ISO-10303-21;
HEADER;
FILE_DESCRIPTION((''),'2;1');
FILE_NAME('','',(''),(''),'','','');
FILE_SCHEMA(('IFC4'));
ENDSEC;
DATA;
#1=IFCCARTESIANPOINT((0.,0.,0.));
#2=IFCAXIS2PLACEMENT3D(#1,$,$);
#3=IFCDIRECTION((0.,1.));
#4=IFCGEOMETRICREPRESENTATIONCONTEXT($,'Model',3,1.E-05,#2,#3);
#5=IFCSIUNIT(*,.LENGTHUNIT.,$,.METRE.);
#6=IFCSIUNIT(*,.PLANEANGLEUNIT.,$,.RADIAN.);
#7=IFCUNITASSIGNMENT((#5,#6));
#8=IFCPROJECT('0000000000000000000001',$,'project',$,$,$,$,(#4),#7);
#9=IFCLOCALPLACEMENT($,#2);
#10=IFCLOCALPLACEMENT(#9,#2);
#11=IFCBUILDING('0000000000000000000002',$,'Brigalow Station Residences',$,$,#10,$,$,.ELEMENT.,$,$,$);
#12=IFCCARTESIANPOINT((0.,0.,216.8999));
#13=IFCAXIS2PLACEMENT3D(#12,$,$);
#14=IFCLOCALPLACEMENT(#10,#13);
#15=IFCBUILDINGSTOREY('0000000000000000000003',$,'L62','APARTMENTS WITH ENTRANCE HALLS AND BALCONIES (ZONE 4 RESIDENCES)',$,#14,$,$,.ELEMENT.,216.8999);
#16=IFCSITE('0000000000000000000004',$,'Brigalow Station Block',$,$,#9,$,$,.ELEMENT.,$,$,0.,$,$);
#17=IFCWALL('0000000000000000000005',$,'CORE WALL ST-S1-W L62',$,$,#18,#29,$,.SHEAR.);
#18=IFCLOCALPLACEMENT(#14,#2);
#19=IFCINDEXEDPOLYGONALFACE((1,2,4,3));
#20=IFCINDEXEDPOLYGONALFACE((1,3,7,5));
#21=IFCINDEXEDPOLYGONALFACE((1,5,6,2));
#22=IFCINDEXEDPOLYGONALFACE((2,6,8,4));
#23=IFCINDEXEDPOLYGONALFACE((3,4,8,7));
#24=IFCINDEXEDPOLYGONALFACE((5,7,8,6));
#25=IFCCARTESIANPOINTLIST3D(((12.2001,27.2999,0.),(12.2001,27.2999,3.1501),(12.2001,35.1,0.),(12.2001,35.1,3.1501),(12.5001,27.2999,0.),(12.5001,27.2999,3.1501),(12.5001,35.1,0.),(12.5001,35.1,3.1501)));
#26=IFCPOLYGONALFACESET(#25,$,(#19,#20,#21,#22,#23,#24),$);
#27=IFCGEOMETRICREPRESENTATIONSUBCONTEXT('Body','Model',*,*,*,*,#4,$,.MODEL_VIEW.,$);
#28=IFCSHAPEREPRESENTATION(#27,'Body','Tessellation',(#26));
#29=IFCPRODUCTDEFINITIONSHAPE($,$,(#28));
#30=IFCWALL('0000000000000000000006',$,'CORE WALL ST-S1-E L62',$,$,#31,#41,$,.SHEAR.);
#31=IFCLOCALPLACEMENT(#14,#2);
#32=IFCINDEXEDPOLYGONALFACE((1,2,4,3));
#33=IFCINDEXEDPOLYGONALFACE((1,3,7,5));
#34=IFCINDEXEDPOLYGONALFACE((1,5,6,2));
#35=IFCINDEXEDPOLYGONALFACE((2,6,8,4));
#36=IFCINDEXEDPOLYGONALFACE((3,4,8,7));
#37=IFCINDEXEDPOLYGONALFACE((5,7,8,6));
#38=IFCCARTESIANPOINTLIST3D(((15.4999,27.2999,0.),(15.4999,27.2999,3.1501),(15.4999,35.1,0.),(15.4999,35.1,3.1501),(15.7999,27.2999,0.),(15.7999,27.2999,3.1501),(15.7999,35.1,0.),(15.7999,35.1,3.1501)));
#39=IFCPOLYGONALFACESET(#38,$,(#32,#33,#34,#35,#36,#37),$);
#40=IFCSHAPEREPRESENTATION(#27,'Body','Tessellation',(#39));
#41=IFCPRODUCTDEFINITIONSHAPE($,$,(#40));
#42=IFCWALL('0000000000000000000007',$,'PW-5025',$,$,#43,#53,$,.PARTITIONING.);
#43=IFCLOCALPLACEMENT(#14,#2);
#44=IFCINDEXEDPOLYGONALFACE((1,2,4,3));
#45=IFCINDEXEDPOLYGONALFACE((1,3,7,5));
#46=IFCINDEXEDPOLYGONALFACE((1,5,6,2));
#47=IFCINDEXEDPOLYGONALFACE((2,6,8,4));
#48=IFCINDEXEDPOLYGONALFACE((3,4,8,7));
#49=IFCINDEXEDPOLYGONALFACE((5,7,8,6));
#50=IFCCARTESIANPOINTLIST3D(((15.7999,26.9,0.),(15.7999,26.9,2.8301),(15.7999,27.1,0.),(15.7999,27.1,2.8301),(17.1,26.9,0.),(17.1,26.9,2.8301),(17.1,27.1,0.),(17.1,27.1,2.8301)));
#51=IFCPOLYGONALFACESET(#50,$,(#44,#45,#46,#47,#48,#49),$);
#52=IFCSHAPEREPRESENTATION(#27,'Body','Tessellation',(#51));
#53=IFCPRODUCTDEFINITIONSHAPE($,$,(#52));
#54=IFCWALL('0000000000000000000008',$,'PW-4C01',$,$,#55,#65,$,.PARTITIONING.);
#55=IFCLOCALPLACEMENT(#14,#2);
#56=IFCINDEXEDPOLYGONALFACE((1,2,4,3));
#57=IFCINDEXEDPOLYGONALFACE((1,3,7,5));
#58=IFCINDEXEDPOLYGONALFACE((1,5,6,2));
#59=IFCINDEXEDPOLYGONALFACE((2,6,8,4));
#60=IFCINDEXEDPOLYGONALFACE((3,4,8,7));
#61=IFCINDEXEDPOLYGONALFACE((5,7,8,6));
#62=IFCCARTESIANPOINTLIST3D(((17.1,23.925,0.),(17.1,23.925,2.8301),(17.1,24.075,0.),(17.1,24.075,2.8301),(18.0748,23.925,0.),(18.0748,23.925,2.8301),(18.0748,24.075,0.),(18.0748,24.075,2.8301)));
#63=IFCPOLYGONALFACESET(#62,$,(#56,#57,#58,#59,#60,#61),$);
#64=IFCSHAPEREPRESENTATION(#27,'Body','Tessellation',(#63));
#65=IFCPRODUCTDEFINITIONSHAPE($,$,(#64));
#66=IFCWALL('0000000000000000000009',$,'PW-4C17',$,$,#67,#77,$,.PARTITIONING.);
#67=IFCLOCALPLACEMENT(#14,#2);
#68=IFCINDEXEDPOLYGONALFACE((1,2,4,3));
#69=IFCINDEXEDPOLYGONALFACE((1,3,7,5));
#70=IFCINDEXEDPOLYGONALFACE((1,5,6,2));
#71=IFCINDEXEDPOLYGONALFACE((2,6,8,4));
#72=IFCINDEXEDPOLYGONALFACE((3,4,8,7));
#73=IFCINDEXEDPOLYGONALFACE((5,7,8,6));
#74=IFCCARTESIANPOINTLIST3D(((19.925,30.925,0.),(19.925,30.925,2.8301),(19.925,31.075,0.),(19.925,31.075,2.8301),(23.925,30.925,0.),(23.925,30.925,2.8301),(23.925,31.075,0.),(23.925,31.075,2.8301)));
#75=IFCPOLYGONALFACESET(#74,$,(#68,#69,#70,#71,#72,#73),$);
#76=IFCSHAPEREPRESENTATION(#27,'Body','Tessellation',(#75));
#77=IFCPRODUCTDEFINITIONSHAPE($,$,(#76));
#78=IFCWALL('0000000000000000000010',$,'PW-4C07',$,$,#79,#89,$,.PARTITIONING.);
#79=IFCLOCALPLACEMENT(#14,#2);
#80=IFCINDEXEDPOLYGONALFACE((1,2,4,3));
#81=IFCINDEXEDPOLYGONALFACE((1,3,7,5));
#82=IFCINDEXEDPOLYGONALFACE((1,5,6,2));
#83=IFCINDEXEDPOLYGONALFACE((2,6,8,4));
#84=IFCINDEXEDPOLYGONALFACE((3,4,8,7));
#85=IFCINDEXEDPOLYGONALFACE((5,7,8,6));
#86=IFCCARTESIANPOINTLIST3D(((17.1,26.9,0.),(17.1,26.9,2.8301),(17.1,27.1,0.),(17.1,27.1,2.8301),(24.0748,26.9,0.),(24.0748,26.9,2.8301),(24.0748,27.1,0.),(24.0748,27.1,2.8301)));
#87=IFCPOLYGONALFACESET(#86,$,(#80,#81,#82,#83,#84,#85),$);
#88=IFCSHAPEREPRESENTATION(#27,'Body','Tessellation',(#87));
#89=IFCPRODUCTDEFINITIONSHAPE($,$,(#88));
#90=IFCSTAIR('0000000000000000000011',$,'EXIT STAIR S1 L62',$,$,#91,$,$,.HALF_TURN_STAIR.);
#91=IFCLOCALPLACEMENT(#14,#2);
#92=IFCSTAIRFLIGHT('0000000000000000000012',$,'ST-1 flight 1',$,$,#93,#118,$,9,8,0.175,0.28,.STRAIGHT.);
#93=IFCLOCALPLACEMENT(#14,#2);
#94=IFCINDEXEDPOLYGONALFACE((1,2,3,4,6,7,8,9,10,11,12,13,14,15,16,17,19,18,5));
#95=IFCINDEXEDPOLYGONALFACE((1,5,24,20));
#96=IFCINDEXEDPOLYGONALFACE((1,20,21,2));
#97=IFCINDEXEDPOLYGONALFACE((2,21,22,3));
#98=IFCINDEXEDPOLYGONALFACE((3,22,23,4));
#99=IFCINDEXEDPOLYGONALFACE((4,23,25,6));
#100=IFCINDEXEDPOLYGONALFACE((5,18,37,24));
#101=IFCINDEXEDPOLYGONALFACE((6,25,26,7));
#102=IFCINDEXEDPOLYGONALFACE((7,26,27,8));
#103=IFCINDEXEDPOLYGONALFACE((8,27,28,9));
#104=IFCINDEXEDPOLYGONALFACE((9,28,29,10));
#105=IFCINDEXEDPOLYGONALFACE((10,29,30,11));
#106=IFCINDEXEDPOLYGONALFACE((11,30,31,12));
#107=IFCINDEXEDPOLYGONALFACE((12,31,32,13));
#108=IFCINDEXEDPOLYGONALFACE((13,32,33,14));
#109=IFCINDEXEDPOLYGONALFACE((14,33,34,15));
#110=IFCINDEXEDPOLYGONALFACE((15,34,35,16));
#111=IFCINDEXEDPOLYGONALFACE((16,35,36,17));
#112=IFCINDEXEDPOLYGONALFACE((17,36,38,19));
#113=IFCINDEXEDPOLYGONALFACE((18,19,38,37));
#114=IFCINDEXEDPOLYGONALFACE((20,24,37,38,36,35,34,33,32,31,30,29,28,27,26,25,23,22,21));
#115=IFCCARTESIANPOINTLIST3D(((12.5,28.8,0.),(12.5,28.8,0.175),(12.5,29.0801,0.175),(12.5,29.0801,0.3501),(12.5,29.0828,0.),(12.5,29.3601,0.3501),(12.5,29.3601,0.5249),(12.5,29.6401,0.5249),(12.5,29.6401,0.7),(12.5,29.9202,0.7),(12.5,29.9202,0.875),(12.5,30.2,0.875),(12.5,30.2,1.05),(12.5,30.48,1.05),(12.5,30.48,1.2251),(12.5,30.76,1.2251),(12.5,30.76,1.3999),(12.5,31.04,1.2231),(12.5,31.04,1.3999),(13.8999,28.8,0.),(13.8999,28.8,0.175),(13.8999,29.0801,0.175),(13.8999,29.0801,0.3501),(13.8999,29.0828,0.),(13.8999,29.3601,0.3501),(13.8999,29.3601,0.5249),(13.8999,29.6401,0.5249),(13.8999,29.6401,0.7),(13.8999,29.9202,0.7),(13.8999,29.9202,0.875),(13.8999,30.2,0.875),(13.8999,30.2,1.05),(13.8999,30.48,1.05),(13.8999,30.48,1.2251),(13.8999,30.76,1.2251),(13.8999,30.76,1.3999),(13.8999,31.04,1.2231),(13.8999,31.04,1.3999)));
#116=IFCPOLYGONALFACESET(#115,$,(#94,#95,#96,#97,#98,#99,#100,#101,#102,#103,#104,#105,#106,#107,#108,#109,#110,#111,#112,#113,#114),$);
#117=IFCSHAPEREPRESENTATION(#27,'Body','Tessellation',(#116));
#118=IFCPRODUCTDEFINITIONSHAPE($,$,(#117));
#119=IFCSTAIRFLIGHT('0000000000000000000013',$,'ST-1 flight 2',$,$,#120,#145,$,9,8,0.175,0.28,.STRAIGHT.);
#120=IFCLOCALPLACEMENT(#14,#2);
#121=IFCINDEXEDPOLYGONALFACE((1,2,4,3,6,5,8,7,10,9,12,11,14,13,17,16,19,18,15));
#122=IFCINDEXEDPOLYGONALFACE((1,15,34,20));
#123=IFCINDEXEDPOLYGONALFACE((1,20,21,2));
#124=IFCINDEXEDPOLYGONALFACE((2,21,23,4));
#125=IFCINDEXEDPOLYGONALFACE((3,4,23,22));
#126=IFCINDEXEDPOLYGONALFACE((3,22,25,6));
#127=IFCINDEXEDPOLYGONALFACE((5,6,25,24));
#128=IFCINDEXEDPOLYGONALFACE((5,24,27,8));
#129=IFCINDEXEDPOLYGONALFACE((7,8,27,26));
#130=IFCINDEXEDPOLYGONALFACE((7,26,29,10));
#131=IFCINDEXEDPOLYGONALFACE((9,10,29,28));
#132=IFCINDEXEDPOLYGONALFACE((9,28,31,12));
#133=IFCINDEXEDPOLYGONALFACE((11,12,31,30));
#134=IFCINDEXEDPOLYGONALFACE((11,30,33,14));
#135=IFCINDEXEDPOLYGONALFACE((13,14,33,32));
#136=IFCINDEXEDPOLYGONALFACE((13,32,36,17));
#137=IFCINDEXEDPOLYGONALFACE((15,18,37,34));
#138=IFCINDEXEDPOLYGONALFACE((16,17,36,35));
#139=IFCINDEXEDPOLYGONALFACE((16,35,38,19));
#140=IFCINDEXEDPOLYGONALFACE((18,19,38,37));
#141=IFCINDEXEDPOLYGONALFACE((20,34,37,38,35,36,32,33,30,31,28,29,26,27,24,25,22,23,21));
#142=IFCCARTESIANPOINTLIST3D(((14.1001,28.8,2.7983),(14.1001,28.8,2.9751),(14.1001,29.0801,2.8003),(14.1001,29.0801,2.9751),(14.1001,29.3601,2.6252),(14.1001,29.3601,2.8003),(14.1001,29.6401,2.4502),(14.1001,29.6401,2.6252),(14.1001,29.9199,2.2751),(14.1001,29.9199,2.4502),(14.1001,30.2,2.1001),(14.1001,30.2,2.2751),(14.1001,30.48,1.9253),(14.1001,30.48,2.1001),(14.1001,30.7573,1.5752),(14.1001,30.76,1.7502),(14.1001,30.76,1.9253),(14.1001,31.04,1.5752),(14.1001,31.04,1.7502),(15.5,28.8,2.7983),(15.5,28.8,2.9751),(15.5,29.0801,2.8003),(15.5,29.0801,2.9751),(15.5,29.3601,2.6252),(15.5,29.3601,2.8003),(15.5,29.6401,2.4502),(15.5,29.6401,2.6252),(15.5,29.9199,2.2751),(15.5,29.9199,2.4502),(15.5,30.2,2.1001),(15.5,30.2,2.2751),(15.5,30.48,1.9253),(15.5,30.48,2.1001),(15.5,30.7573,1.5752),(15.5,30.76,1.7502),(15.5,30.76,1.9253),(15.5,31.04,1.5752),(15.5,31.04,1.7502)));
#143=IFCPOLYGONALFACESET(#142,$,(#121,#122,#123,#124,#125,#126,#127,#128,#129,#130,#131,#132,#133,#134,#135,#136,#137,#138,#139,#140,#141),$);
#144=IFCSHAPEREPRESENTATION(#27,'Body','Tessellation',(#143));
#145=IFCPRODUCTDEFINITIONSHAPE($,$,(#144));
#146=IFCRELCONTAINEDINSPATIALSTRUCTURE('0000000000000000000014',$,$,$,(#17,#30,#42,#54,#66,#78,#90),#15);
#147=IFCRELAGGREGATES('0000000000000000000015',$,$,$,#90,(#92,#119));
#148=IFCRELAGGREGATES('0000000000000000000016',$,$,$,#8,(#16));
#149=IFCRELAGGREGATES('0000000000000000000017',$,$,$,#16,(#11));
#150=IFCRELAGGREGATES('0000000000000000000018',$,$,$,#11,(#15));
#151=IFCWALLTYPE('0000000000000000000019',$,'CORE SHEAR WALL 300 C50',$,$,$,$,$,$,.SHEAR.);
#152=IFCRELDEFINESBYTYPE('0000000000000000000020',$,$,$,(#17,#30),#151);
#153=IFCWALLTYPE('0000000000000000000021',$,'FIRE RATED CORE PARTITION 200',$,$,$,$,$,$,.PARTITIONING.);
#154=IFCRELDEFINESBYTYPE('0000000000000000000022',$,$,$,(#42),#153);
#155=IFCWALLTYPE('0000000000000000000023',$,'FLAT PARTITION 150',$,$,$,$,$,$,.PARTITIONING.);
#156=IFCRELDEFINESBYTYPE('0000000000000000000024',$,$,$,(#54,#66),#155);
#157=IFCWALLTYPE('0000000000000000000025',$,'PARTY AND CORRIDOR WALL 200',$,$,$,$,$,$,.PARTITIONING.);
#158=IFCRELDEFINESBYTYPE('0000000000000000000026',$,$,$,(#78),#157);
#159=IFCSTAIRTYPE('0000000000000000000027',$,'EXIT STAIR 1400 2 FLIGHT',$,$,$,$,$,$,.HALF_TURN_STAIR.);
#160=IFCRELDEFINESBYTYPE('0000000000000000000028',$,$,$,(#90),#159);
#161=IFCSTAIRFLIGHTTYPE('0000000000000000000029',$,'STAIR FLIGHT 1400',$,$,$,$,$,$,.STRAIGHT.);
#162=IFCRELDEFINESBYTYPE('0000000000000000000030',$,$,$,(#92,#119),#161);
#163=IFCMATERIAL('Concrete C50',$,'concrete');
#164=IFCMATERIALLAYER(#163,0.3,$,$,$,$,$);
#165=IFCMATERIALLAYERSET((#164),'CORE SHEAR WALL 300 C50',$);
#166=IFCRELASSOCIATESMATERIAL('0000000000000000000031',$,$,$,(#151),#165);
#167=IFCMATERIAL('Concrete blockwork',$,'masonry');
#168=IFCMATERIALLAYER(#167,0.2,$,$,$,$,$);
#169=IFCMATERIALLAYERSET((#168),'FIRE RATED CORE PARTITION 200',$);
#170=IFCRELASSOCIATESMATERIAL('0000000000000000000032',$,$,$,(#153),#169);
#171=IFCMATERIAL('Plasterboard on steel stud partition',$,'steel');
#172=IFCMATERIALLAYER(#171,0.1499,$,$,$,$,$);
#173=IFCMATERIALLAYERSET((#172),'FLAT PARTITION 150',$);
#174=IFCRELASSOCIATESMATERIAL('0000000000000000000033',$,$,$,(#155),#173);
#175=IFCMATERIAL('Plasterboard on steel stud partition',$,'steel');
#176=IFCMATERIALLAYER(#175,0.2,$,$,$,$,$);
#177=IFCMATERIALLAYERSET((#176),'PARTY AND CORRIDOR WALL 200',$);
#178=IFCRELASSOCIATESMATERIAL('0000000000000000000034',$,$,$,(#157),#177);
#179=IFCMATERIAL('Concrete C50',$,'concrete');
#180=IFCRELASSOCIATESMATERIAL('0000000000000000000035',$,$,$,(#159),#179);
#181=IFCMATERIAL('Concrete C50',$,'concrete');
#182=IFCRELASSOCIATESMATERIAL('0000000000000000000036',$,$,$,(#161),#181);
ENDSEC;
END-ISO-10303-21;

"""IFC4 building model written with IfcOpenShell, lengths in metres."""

from ifc_helpers import new_model, si_unit, direction, frame, frame_2d, origin, place, context, subcontext, project, spatial, polyline, rectangle, outline, extrude, material, layer, layer_set, type_object, element, aggregate, save


model = new_model("IFC4")

# Units and contexts
model_context = context("Model", 3, precision=1e-05, world=origin(), true_north=direction((0.0, 1.0)))
body_context = subcontext(model_context, "Body", "Model", "MODEL_VIEW")
ifc_project = project(units=[si_unit("LENGTHUNIT", "METRE"), si_unit("PLANEANGLEUNIT", "RADIAN")], contexts=[model_context])

# Site, building, storey
site_placement = place(None, origin())
site = spatial("IfcSite", under=ifc_project, at=site_placement, Name="Brigalow Station Block", CompositionType="ELEMENT", RefElevation=0.0)
building_placement = place(site_placement, origin())
building = spatial("IfcBuilding", under=site, at=building_placement, Name="Brigalow Station Residences", CompositionType="ELEMENT")
storey_placement = place(building_placement, frame((0.0, 0.0, 216.8999)))
storey = spatial("IfcBuildingStorey", under=building, at=storey_placement, Name="L62", Description="APARTMENTS WITH ENTRANCE HALLS AND BALCONIES (ZONE 4 RESIDENCES)", CompositionType="ELEMENT", Elevation=216.8999)

# Shared definitions
ifc_material_1 = material(Name="Concrete C50", Category="concrete")
ifc_layer_1 = layer(ifc_material_1, 0.3)
ifc_layer_set_1 = layer_set([ifc_layer_1], Name="CORE SHEAR WALL 300 C50")
wall_type_1 = type_object("IfcWallType", Name="CORE SHEAR WALL 300 C50", PredefinedType="SHEAR", material=ifc_layer_set_1)

# Walls
for number, where, z_axis, x_axis, name in (
    (1, (12.3501, 27.3, 0.0), (0.0, 0.0, 1.0), (0.0, 1.0, 0.0), "CORE WALL ST-S1-W L62"),
    (2, (15.6499, 27.3, 0.0), (0.0, 0.0, 1.0), (0.0, 1.0, 0.0), "CORE WALL ST-S1-E L62"),
):
    element("IfcWall", number, at=place(storey_placement, frame(where, z_axis=z_axis, x_axis=x_axis)), inside=storey, type_object=wall_type_1, Name=name, PredefinedType="SHEAR", context=body_context, shape_type="SweptSolid", body=[
        extrude(rectangle(XDim=7.8, YDim=0.3, at=frame_2d((3.8999, 0.0))), origin(), (0.0, 0.0, 1.0), 3.1501),
    ])
ifc_material_2 = material(Name="Concrete blockwork", Category="masonry")
ifc_layer_2 = layer(ifc_material_2, 0.2)
ifc_layer_set_2 = layer_set([ifc_layer_2], Name="FIRE RATED CORE PARTITION 200")
wall_type_2 = type_object("IfcWallType", Name="FIRE RATED CORE PARTITION 200", PredefinedType="PARTITIONING", material=ifc_layer_set_2)
wall_1_placement = place(storey_placement, frame((15.8, 27.0, 0.0), z_axis=(0.0, 0.0, 1.0), x_axis=(1.0, 0.0, 0.0)))
element("IfcWall", 3, at=wall_1_placement, inside=storey, type_object=wall_type_2, Name="PW-5025", PredefinedType="PARTITIONING", context=body_context, shape_type="SweptSolid", body=[
    extrude(rectangle(XDim=1.3, YDim=0.2, at=frame_2d((0.6499, 0.0))), origin(), (0.0, 0.0, 1.0), 2.8301),
])
ifc_material_3 = material(Name="Plasterboard on steel stud partition", Category="steel")
ifc_layer_3 = layer(ifc_material_3, 0.1499)
ifc_layer_set_3 = layer_set([ifc_layer_3], Name="FLAT PARTITION 150")
wall_type_3 = type_object("IfcWallType", Name="FLAT PARTITION 150", PredefinedType="PARTITIONING", material=ifc_layer_set_3)
wall_2_placement = place(storey_placement, frame((17.1001, 24.0, 0.0), z_axis=(0.0, 0.0, 1.0), x_axis=(1.0, 0.0, 0.0)))
element("IfcWall", 4, at=wall_2_placement, inside=storey, type_object=wall_type_3, Name="PW-4C01", PredefinedType="PARTITIONING", context=body_context, shape_type="SweptSolid", body=[
    extrude(rectangle(XDim=0.9749, YDim=0.1499, at=frame_2d((0.4873, 0.0))), origin(), (0.0, 0.0, 1.0), 2.8301),
])
wall_3_placement = place(storey_placement, frame((19.925, 31.0, 0.0), z_axis=(0.0, 0.0, 1.0), x_axis=(1.0, 0.0, 0.0)))
element("IfcWall", 5, at=wall_3_placement, inside=storey, type_object=wall_type_3, Name="PW-4C17", PredefinedType="PARTITIONING", context=body_context, shape_type="SweptSolid", body=[
    extrude(rectangle(XDim=4.0, YDim=0.1499, at=frame_2d((2.0, 0.0))), origin(), (0.0, 0.0, 1.0), 2.8301),
])
ifc_material_4 = material(Name="Plasterboard on steel stud partition", Category="steel")
ifc_layer_4 = layer(ifc_material_4, 0.2)
ifc_layer_set_4 = layer_set([ifc_layer_4], Name="PARTY AND CORRIDOR WALL 200")
wall_type_4 = type_object("IfcWallType", Name="PARTY AND CORRIDOR WALL 200", PredefinedType="PARTITIONING", material=ifc_layer_set_4)
wall_4_placement = place(storey_placement, frame((17.1001, 27.0, 0.0), z_axis=(0.0, 0.0, 1.0), x_axis=(1.0, 0.0, 0.0)))
element("IfcWall", 6, at=wall_4_placement, inside=storey, type_object=wall_type_4, Name="PW-4C07", PredefinedType="PARTITIONING", context=body_context, shape_type="SweptSolid", body=[
    extrude(rectangle(XDim=6.9749, YDim=0.2, at=frame_2d((3.4873, 0.0))), origin(), (0.0, 0.0, 1.0), 2.8301),
])

# Stair, stair flights
ifc_material_5 = material(Name="Concrete C50", Category="concrete")
stair_type = type_object("IfcStairType", Name="EXIT STAIR 1400 2 FLIGHT", PredefinedType="HALF_TURN_STAIR", material=ifc_material_5)
stair_placement = place(storey_placement, origin())
stair = element("IfcStair", 7, at=stair_placement, inside=storey, type_object=stair_type, Name="EXIT STAIR S1 L62", PredefinedType="HALF_TURN_STAIR")
ifc_material_6 = material(Name="Concrete C50", Category="concrete")
stair_flight_type = type_object("IfcStairFlightType", Name="STAIR FLIGHT 1400", PredefinedType="STRAIGHT", material=ifc_material_6)
stair_flight_1_placement = place(storey_placement, frame((13.2, 28.8, 0.0), z_axis=(0.0, 0.0, 1.0), x_axis=(0.0, 1.0, 0.0)))
stair_flight_1 = element("IfcStairFlight", 8, at=stair_flight_1_placement, type_object=stair_flight_type, Name="ST-1 flight 1", NumberOfRisers=9, NumberOfTreads=8, PredefinedType="STRAIGHT", RiserHeight=0.175, TreadLength=0.28, context=body_context, shape_type="SweptSolid", body=[
    extrude(outline(polyline([(0.0, 0.0), (0.0, 0.175), (0.28, 0.175), (0.28, 0.3501), (0.5601, 0.3501), (0.5601, 0.5249), (0.8401, 0.5249), (0.8401, 0.7), (1.1201, 0.7), (1.1201, 0.875), (1.3999, 0.875), (1.3999, 1.05), (1.6799, 1.05), (1.6799, 1.2251), (1.96, 1.2251), (1.96, 1.3999), (2.24, 1.3999), (2.24, 1.575), (2.24, 1.2231), (0.2827, 0.0), (0.0, 0.0)])), frame((0.0, 0.7, 0.0), z_axis=(0.0, -1.0, 0.0), x_axis=(1.0, 0.0, 0.0)), (0.0, 0.0, 1.0), 1.3999),
])
stair_flight_2_placement = place(storey_placement, frame((14.8, 31.04, 1.5752), z_axis=(0.0, 0.0, 1.0), x_axis=(0.0, -1.0, 0.0)))
stair_flight_2 = element("IfcStairFlight", 9, at=stair_flight_2_placement, type_object=stair_flight_type, Name="ST-1 flight 2", NumberOfRisers=9, NumberOfTreads=8, PredefinedType="STRAIGHT", RiserHeight=0.175, TreadLength=0.28, context=body_context, shape_type="SweptSolid", body=[
    extrude(outline(polyline([(0.0, 0.0), (0.0, 0.175), (0.28, 0.175), (0.28, 0.3501), (0.5601, 0.3501), (0.5601, 0.5249), (0.8401, 0.5249), (0.8401, 0.7), (1.1201, 0.7), (1.1201, 0.875), (1.3999, 0.875), (1.3999, 1.05), (1.6799, 1.05), (1.6799, 1.2251), (1.96, 1.2251), (1.96, 1.3999), (2.24, 1.3999), (2.24, 1.575), (2.24, 1.2231), (0.2827, 0.0), (0.0, 0.0)])), frame((0.0, 0.7, 0.0), z_axis=(0.0, -1.0, 0.0), x_axis=(1.0, 0.0, 0.0)), (0.0, 0.0, 1.0), 1.3999),
])
aggregate(stair, [stair_flight_1, stair_flight_2])

save(model, "model.ifc")
